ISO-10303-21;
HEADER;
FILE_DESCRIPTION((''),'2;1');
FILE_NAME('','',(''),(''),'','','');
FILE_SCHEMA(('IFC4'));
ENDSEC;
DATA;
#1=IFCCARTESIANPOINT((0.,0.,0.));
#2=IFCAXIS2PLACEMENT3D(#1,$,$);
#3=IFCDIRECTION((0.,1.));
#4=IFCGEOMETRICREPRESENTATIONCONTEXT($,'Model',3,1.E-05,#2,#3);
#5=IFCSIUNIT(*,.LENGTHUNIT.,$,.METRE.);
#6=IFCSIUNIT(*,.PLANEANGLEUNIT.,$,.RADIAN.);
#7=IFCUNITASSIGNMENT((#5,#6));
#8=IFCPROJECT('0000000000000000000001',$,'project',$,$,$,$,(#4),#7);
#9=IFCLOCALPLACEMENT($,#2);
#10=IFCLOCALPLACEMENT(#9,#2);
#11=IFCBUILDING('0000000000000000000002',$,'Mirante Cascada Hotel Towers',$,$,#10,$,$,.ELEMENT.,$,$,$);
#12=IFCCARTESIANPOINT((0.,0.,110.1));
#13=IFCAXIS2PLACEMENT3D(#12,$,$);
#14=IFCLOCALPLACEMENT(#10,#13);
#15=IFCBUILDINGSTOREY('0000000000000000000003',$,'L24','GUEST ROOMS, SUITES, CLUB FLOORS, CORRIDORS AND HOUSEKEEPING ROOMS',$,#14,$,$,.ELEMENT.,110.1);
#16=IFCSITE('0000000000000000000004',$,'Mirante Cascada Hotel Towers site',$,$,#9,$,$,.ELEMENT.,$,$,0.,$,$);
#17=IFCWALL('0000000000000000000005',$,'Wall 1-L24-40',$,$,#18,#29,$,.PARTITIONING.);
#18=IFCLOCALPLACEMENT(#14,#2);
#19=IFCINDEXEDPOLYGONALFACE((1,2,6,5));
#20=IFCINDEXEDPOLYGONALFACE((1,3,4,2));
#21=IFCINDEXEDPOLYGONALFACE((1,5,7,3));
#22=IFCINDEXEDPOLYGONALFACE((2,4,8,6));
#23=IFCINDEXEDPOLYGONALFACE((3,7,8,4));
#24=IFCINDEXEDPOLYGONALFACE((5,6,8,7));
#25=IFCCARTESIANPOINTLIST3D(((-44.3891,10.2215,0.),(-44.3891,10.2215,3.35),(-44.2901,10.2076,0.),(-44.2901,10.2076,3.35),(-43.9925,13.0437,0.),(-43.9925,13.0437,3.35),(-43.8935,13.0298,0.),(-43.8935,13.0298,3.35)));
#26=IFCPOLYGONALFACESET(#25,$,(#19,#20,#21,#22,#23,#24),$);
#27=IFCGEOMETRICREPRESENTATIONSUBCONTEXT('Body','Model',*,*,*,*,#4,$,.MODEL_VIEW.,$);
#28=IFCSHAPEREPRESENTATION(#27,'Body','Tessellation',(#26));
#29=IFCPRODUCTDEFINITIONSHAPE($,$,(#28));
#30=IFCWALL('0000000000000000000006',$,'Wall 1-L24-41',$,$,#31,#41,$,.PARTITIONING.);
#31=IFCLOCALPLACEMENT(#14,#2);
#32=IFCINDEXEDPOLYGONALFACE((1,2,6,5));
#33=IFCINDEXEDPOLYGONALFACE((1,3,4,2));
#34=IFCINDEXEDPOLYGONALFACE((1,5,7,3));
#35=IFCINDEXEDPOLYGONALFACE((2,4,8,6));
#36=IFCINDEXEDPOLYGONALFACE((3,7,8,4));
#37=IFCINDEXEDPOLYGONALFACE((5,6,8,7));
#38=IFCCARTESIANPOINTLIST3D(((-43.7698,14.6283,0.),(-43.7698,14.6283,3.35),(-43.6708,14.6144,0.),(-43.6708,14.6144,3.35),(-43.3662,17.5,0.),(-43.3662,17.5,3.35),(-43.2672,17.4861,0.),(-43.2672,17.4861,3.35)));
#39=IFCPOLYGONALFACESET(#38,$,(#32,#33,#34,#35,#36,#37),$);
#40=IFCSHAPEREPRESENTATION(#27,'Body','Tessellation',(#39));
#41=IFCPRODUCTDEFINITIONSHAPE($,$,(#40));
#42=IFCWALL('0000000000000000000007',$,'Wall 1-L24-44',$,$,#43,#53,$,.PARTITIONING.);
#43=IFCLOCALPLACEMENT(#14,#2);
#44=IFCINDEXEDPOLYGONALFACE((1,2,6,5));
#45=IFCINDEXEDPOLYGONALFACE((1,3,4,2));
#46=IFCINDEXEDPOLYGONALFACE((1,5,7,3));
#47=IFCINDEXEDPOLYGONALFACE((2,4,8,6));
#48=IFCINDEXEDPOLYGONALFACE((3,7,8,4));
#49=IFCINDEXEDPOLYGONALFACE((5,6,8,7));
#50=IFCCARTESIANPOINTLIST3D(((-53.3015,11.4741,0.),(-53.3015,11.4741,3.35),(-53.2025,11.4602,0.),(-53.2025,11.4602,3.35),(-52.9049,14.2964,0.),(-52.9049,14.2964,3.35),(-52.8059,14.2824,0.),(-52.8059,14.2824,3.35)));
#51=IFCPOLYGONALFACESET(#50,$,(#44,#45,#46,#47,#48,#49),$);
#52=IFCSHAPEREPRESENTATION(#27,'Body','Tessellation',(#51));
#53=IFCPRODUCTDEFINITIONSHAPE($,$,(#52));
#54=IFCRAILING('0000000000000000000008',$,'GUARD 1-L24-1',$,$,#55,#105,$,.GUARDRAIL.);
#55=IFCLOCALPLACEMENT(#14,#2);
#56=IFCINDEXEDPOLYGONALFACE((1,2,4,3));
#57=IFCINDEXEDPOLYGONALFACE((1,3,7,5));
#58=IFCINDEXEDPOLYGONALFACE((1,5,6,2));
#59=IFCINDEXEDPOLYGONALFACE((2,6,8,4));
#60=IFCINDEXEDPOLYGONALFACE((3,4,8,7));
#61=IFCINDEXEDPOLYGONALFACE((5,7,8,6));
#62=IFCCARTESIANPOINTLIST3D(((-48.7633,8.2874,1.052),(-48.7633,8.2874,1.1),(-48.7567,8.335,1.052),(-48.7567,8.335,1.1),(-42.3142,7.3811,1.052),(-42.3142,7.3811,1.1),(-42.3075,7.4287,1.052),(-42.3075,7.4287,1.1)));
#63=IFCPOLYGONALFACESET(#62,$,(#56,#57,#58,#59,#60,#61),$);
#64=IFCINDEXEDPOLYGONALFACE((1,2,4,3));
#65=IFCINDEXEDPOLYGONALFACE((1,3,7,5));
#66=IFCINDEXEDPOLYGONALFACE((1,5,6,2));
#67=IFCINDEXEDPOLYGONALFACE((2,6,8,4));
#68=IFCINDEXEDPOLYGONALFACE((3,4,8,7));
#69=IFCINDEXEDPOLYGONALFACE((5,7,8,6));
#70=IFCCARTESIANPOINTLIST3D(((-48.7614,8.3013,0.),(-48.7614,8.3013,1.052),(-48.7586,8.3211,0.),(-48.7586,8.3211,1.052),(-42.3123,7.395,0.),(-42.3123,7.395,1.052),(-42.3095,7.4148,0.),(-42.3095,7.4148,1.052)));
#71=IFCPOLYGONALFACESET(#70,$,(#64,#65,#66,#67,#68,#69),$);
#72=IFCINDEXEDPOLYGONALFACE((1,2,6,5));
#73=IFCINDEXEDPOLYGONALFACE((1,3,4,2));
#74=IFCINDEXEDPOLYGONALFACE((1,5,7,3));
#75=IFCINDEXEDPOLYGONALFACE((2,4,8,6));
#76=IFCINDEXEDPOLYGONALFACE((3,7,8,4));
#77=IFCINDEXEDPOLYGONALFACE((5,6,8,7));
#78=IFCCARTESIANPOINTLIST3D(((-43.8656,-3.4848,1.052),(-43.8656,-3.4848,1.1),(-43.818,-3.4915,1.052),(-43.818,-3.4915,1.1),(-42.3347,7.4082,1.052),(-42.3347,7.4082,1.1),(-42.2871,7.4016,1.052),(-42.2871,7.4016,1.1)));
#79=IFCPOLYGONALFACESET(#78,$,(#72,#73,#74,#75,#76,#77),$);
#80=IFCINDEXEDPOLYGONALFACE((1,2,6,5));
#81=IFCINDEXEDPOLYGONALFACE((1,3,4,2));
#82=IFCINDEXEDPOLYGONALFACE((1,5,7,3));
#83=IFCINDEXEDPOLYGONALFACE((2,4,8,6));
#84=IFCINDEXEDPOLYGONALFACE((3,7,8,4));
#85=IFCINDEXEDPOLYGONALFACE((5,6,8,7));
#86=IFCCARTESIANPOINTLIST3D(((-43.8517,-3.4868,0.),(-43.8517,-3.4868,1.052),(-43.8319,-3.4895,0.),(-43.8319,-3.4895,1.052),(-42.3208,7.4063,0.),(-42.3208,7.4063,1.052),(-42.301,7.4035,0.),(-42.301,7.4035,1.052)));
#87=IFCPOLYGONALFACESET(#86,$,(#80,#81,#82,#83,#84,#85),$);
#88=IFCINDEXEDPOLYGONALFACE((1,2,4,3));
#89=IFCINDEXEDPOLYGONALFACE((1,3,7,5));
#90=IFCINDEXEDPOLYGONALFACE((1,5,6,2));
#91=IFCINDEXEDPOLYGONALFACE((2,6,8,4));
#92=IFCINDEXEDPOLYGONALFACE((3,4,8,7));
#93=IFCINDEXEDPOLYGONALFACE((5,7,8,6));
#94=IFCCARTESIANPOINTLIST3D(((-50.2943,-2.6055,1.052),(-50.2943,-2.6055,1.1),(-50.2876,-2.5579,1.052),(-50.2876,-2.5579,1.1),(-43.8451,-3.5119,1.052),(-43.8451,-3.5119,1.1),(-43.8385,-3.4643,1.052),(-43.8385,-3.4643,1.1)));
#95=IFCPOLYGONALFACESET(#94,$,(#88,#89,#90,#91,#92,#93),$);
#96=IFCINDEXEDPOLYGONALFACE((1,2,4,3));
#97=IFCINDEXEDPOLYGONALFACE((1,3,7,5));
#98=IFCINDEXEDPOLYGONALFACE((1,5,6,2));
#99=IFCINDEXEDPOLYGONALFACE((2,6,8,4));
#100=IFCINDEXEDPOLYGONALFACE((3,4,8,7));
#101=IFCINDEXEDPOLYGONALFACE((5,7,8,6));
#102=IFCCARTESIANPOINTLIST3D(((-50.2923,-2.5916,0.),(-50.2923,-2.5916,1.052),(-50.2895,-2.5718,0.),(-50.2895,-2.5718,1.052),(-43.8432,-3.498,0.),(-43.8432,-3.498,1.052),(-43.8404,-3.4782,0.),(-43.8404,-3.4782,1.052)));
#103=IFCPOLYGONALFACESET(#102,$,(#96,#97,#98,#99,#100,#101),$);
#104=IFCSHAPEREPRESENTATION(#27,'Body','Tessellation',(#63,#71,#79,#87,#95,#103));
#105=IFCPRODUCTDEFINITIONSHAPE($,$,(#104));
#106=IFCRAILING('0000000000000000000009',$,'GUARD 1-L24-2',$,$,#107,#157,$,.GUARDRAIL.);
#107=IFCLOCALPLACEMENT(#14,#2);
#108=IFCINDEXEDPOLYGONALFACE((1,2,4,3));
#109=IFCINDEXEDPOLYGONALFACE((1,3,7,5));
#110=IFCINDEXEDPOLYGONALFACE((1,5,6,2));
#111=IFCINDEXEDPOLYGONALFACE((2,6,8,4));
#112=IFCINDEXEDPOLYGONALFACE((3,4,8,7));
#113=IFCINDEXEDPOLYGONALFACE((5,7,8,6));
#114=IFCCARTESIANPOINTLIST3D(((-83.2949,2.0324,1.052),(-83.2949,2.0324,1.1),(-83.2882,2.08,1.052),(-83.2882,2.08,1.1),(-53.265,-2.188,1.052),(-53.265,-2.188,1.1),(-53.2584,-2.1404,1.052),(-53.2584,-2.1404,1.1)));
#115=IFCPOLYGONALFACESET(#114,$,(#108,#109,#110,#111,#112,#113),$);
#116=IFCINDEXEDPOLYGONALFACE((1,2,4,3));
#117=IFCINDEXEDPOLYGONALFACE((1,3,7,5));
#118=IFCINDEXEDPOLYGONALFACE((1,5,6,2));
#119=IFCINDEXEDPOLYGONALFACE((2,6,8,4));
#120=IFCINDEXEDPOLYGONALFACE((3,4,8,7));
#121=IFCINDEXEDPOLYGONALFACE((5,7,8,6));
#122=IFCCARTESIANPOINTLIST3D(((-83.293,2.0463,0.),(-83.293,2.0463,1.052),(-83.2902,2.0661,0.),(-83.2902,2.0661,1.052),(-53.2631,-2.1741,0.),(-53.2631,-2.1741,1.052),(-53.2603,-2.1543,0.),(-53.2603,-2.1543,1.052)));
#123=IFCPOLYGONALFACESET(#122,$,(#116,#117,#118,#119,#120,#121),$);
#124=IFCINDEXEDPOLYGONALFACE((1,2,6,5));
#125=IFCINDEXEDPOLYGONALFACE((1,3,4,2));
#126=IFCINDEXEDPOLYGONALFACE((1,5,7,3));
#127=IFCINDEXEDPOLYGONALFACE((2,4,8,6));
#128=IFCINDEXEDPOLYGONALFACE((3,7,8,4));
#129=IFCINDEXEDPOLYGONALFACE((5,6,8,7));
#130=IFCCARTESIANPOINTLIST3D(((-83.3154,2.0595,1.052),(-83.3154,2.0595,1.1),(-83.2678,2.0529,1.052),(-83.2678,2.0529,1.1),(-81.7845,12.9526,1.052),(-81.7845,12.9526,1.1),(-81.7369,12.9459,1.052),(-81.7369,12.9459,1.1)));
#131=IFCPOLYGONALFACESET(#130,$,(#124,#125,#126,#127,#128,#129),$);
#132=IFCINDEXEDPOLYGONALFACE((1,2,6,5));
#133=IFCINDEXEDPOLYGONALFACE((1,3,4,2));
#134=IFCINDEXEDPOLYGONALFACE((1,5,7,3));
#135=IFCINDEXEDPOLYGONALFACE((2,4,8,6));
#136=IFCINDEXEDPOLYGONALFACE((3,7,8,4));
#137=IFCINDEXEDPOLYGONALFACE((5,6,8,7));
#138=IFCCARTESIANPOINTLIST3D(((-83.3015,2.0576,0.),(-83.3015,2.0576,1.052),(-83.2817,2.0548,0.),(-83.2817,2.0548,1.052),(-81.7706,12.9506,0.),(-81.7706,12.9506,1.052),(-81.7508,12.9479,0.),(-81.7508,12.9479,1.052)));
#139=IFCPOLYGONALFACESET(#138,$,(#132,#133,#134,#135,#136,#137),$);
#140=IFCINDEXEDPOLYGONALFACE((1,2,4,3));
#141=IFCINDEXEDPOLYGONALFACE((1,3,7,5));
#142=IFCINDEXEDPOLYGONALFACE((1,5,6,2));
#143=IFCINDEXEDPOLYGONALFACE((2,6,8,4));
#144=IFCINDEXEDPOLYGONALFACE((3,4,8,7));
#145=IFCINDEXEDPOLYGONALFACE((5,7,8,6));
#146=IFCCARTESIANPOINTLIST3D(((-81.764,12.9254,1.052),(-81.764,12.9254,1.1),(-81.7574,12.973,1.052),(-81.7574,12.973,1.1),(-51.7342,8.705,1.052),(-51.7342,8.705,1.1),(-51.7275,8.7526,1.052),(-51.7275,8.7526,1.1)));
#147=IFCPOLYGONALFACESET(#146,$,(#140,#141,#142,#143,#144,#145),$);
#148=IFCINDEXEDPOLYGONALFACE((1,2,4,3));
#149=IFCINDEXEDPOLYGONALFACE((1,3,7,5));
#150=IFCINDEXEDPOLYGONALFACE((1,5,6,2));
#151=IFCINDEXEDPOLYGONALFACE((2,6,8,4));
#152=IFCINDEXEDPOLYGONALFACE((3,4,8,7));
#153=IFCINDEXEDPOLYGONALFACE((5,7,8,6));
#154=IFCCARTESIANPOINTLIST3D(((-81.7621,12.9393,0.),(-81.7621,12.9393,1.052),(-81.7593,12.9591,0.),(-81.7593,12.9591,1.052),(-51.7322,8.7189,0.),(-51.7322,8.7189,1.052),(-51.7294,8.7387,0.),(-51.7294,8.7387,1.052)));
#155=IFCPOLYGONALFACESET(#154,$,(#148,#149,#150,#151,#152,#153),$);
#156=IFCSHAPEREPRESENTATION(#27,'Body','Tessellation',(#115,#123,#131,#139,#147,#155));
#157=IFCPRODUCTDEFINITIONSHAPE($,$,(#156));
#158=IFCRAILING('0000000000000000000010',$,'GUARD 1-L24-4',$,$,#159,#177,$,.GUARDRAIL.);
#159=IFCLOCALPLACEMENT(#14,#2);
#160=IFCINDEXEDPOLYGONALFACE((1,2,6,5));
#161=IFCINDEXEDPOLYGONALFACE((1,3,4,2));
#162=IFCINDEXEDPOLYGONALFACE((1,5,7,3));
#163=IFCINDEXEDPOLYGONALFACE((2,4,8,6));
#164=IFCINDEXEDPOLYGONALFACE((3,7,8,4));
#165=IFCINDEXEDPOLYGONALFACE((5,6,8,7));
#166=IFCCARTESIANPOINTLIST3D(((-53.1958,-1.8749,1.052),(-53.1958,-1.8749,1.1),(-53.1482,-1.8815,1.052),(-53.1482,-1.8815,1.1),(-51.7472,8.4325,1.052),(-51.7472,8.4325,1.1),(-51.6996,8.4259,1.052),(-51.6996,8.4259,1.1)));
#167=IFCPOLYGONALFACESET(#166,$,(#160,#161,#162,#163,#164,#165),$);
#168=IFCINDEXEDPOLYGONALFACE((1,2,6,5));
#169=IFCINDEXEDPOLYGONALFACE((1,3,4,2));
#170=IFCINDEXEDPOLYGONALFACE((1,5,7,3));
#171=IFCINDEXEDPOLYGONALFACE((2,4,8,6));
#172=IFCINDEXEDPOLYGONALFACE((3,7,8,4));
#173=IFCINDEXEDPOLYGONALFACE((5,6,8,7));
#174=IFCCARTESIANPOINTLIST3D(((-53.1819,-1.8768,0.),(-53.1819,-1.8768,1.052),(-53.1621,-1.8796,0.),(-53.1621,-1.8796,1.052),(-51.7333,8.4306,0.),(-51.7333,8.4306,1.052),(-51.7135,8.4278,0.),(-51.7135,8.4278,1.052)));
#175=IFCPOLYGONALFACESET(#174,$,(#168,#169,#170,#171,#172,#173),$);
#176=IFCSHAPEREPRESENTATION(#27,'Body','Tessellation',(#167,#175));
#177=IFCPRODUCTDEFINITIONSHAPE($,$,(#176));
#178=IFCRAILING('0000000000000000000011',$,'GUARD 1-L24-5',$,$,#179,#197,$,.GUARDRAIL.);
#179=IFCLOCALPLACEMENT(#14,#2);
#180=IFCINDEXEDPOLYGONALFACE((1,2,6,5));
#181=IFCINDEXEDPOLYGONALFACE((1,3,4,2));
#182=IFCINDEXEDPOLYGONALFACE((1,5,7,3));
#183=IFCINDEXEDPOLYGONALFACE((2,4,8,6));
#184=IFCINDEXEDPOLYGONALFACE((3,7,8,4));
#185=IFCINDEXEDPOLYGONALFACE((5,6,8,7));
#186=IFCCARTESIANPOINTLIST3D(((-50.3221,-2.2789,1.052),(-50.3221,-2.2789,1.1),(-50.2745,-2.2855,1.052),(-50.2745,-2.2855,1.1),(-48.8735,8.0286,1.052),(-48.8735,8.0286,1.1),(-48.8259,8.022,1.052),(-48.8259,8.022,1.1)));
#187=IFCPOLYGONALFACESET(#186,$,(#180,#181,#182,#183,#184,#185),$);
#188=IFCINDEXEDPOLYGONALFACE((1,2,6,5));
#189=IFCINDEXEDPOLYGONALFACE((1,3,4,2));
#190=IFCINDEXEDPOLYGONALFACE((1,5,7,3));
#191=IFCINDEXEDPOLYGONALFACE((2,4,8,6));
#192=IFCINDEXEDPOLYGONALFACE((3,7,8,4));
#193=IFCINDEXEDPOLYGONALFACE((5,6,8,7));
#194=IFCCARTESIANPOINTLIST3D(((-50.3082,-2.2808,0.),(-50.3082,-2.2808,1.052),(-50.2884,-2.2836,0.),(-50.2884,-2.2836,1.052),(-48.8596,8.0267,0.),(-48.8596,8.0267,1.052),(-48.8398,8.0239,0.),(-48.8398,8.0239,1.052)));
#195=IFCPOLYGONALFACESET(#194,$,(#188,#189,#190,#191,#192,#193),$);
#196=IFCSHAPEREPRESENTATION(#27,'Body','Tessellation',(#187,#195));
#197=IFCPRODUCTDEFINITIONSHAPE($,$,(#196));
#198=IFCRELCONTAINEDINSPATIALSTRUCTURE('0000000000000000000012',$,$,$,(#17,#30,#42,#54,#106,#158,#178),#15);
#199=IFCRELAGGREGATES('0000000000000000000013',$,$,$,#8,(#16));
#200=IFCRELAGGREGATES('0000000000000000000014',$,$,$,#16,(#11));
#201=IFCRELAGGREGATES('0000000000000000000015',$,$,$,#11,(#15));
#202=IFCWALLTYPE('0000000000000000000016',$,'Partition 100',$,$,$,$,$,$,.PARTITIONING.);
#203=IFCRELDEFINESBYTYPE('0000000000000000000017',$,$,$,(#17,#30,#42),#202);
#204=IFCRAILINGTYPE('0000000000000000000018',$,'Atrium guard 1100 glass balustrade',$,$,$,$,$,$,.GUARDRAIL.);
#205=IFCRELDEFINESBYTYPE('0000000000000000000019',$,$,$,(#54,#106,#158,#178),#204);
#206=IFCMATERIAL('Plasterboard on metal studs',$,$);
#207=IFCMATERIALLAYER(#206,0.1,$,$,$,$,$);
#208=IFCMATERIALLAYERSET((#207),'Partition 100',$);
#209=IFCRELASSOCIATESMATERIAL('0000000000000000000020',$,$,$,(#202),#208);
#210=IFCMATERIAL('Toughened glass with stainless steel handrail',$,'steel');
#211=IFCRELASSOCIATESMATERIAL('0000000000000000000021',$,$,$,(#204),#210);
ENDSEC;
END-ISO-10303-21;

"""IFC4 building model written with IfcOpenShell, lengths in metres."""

from ifc_helpers import new_model, si_unit, direction, frame, frame_2d, origin, origin_2d, place, context, subcontext, project, spatial, rectangle, extrude, material, layer, layer_set, type_object, element, save


model = new_model("IFC4")

# Units and contexts
model_context = context("Model", 3, precision=1e-05, world=origin(), true_north=direction((0.0, 1.0)))
body_context = subcontext(model_context, "Body", "Model", "MODEL_VIEW")
ifc_project = project(units=[si_unit("LENGTHUNIT", "METRE"), si_unit("PLANEANGLEUNIT", "RADIAN")], contexts=[model_context])

# Site, building, storey
site_placement = place(None, origin())
site = spatial("IfcSite", under=ifc_project, at=site_placement, Name="Mirante Cascada Hotel Towers site", CompositionType="ELEMENT", RefElevation=0.0)
building_placement = place(site_placement, origin())
building = spatial("IfcBuilding", under=site, at=building_placement, Name="Mirante Cascada Hotel Towers", CompositionType="ELEMENT")
storey_placement = place(building_placement, frame((0.0, 0.0, 110.1)))
storey = spatial("IfcBuildingStorey", under=building, at=storey_placement, Name="L24", Description="GUEST ROOMS, SUITES, CLUB FLOORS, CORRIDORS AND HOUSEKEEPING ROOMS", CompositionType="ELEMENT", Elevation=110.1)

# Shared definitions
ifc_material_1 = material(Name="Plasterboard on metal studs")
ifc_layer_1 = layer(ifc_material_1, 0.1)
ifc_layer_set_1 = layer_set([ifc_layer_1], Name="Partition 100")
wall_type_1 = type_object("IfcWallType", Name="Partition 100", PredefinedType="PARTITIONING", material=ifc_layer_set_1)

# Walls
wall_1_placement = place(storey_placement, frame((-43.943, 13.0368, 0.0), z_axis=(0.0, 0.0, 1.0), x_axis=(-0.139161, -0.99027, 0.0)))
element("IfcWall", 1, at=wall_1_placement, inside=storey, type_object=wall_type_1, Name="Wall 1-L24-40", PredefinedType="PARTITIONING", context=body_context, shape_type="SweptSolid", body=[
    extrude(rectangle(XDim=2.8499, YDim=0.1, at=frame_2d((1.425, 0.0))), origin(), (0.0, 0.0, 1.0), 3.35),
])
wall_2_placement = place(storey_placement, frame((-43.7203, 14.6213, 0.0), z_axis=(0.0, 0.0, 1.0), x_axis=(0.139176, 0.990268, 0.0)))
element("IfcWall", 2, at=wall_2_placement, inside=storey, type_object=wall_type_1, Name="Wall 1-L24-41", PredefinedType="PARTITIONING", context=body_context, shape_type="SweptSolid", body=[
    extrude(rectangle(XDim=2.8999, YDim=0.1, at=frame_2d((1.45, 0.0))), origin(), (0.0, 0.0, 1.0), 3.35),
])
wall_3_placement = place(storey_placement, frame((-52.8554, 14.2894, 0.0), z_axis=(0.0, 0.0, 1.0), x_axis=(-0.139156, -0.99027, 0.0)))
element("IfcWall", 3, at=wall_3_placement, inside=storey, type_object=wall_type_1, Name="Wall 1-L24-44", PredefinedType="PARTITIONING", context=body_context, shape_type="SweptSolid", body=[
    extrude(rectangle(XDim=2.85, YDim=0.1, at=frame_2d((1.425, 0.0))), origin(), (0.0, 0.0, 1.0), 3.35),
])

# Railings
ifc_material_2 = material(Name="Toughened glass with stainless steel handrail", Category="steel")
railing_type = type_object("IfcRailingType", Name="Atrium guard 1100 glass balustrade", PredefinedType="GUARDRAIL", material=ifc_material_2)
railing_1_placement = place(storey_placement, frame((-48.76, 8.3112, 0.0)))
element("IfcRailing", 4, at=railing_1_placement, inside=storey, type_object=railing_type, Name="GUARD 1-L24-1", PredefinedType="GUARDRAIL", context=body_context, shape_type="SweptSolid", body=[
    extrude(rectangle(XDim=0.048, YDim=0.048, at=origin_2d()), frame((0.0, 0.0, 1.076), z_axis=(0.990269, -0.139164, 0.0), x_axis=(0.139164, 0.990269, 0.0)), (0.0, 0.0, 1.0), 6.5125),
    extrude(rectangle(XDim=0.02, YDim=1.052, at=origin_2d()), frame((0.0, 0.0, 0.526), z_axis=(0.990269, -0.139164, 0.0), x_axis=(0.139164, 0.990269, 0.0)), (0.0, 0.0, 1.0), 6.5125),
    extrude(rectangle(XDim=0.048, YDim=0.048, at=origin_2d()), frame((6.4491, -0.9063, 1.076), z_axis=(-0.139172, -0.990268, 0.0), x_axis=(0.990268, -0.139172, 0.0)), (0.0, 0.0, 1.0), 11.0001),
    extrude(rectangle(XDim=0.02, YDim=1.052, at=origin_2d()), frame((6.4491, -0.9063, 0.526), z_axis=(-0.139172, -0.990268, 0.0), x_axis=(0.990268, -0.139172, 0.0)), (0.0, 0.0, 1.0), 11.0001),
    extrude(rectangle(XDim=0.048, YDim=0.048, at=origin_2d()), frame((4.9182, -11.7993, 1.076), z_axis=(-0.990267, 0.139179, 0.0), x_axis=(-0.139179, -0.990267, 0.0)), (0.0, 0.0, 1.0), 6.5125),
    extrude(rectangle(XDim=0.02, YDim=1.052, at=origin_2d()), frame((4.9182, -11.7993, 0.526), z_axis=(-0.990267, 0.139179, 0.0), x_axis=(-0.139179, -0.990267, 0.0)), (0.0, 0.0, 1.0), 6.5125),
])
railing_2_placement = place(storey_placement, frame((-53.2617, -2.1642, 0.0)))
element("IfcRailing", 5, at=railing_2_placement, inside=storey, type_object=railing_type, Name="GUARD 1-L24-2", PredefinedType="GUARDRAIL", context=body_context, shape_type="SweptSolid", body=[
    extrude(rectangle(XDim=0.048, YDim=0.048, at=origin_2d()), frame((0.0, 0.0, 1.076), z_axis=(-0.990268, 0.139172, 0.0), x_axis=(-0.139172, -0.990268, 0.0)), (0.0, 0.0, 1.0), 30.325),
    extrude(rectangle(XDim=0.02, YDim=1.052, at=origin_2d()), frame((0.0, 0.0, 0.526), z_axis=(-0.990268, 0.139172, 0.0), x_axis=(-0.139172, -0.990268, 0.0)), (0.0, 0.0, 1.0), 30.325),
    extrude(rectangle(XDim=0.048, YDim=0.048, at=origin_2d()), frame((-30.0299, 4.2204, 1.076), z_axis=(0.139172, 0.990268, 0.0), x_axis=(-0.990268, 0.139172, 0.0)), (0.0, 0.0, 1.0), 11.0001),
    extrude(rectangle(XDim=0.02, YDim=1.052, at=origin_2d()), frame((-30.0299, 4.2204, 0.526), z_axis=(0.139172, 0.990268, 0.0), x_axis=(-0.990268, 0.139172, 0.0)), (0.0, 0.0, 1.0), 11.0001),
    extrude(rectangle(XDim=0.048, YDim=0.048, at=origin_2d()), frame((-28.499, 15.1134, 1.076), z_axis=(0.990268, -0.139172, 0.0), x_axis=(0.139172, 0.990268, 0.0)), (0.0, 0.0, 1.0), 30.325),
    extrude(rectangle(XDim=0.02, YDim=1.052, at=origin_2d()), frame((-28.499, 15.1134, 0.526), z_axis=(0.990268, -0.139172, 0.0), x_axis=(0.139172, 0.990268, 0.0)), (0.0, 0.0, 1.0), 30.325),
])
railing_3_placement = place(storey_placement, frame((-53.172, -1.8782, 0.0)))
element("IfcRailing", 6, at=railing_3_placement, inside=storey, type_object=railing_type, Name="GUARD 1-L24-4", PredefinedType="GUARDRAIL", context=body_context, shape_type="SweptSolid", body=[
    extrude(rectangle(XDim=0.048, YDim=0.048, at=origin_2d()), frame((0.0, 0.0, 1.076), z_axis=(0.139172, 0.990268, 0.0), x_axis=(-0.990268, 0.139172, 0.0)), (0.0, 0.0, 1.0), 10.4087),
    extrude(rectangle(XDim=0.02, YDim=1.052, at=origin_2d()), frame((0.0, 0.0, 0.526), z_axis=(0.139172, 0.990268, 0.0), x_axis=(-0.990268, 0.139172, 0.0)), (0.0, 0.0, 1.0), 10.4087),
])
railing_4_placement = place(storey_placement, frame((-48.8497, 8.0253, 0.0)))
element("IfcRailing", 7, at=railing_4_placement, inside=storey, type_object=railing_type, Name="GUARD 1-L24-5", PredefinedType="GUARDRAIL", context=body_context, shape_type="SweptSolid", body=[
    extrude(rectangle(XDim=0.048, YDim=0.048, at=origin_2d()), frame((0.0, 0.0, 1.076), z_axis=(-0.139171, -0.990268, 0.0), x_axis=(0.990268, -0.139171, 0.0)), (0.0, 0.0, 1.0), 10.4088),
    extrude(rectangle(XDim=0.02, YDim=1.052, at=origin_2d()), frame((0.0, 0.0, 0.526), z_axis=(-0.139171, -0.990268, 0.0), x_axis=(0.990268, -0.139171, 0.0)), (0.0, 0.0, 1.0), 10.4088),
])

save(model, "model.ifc")
